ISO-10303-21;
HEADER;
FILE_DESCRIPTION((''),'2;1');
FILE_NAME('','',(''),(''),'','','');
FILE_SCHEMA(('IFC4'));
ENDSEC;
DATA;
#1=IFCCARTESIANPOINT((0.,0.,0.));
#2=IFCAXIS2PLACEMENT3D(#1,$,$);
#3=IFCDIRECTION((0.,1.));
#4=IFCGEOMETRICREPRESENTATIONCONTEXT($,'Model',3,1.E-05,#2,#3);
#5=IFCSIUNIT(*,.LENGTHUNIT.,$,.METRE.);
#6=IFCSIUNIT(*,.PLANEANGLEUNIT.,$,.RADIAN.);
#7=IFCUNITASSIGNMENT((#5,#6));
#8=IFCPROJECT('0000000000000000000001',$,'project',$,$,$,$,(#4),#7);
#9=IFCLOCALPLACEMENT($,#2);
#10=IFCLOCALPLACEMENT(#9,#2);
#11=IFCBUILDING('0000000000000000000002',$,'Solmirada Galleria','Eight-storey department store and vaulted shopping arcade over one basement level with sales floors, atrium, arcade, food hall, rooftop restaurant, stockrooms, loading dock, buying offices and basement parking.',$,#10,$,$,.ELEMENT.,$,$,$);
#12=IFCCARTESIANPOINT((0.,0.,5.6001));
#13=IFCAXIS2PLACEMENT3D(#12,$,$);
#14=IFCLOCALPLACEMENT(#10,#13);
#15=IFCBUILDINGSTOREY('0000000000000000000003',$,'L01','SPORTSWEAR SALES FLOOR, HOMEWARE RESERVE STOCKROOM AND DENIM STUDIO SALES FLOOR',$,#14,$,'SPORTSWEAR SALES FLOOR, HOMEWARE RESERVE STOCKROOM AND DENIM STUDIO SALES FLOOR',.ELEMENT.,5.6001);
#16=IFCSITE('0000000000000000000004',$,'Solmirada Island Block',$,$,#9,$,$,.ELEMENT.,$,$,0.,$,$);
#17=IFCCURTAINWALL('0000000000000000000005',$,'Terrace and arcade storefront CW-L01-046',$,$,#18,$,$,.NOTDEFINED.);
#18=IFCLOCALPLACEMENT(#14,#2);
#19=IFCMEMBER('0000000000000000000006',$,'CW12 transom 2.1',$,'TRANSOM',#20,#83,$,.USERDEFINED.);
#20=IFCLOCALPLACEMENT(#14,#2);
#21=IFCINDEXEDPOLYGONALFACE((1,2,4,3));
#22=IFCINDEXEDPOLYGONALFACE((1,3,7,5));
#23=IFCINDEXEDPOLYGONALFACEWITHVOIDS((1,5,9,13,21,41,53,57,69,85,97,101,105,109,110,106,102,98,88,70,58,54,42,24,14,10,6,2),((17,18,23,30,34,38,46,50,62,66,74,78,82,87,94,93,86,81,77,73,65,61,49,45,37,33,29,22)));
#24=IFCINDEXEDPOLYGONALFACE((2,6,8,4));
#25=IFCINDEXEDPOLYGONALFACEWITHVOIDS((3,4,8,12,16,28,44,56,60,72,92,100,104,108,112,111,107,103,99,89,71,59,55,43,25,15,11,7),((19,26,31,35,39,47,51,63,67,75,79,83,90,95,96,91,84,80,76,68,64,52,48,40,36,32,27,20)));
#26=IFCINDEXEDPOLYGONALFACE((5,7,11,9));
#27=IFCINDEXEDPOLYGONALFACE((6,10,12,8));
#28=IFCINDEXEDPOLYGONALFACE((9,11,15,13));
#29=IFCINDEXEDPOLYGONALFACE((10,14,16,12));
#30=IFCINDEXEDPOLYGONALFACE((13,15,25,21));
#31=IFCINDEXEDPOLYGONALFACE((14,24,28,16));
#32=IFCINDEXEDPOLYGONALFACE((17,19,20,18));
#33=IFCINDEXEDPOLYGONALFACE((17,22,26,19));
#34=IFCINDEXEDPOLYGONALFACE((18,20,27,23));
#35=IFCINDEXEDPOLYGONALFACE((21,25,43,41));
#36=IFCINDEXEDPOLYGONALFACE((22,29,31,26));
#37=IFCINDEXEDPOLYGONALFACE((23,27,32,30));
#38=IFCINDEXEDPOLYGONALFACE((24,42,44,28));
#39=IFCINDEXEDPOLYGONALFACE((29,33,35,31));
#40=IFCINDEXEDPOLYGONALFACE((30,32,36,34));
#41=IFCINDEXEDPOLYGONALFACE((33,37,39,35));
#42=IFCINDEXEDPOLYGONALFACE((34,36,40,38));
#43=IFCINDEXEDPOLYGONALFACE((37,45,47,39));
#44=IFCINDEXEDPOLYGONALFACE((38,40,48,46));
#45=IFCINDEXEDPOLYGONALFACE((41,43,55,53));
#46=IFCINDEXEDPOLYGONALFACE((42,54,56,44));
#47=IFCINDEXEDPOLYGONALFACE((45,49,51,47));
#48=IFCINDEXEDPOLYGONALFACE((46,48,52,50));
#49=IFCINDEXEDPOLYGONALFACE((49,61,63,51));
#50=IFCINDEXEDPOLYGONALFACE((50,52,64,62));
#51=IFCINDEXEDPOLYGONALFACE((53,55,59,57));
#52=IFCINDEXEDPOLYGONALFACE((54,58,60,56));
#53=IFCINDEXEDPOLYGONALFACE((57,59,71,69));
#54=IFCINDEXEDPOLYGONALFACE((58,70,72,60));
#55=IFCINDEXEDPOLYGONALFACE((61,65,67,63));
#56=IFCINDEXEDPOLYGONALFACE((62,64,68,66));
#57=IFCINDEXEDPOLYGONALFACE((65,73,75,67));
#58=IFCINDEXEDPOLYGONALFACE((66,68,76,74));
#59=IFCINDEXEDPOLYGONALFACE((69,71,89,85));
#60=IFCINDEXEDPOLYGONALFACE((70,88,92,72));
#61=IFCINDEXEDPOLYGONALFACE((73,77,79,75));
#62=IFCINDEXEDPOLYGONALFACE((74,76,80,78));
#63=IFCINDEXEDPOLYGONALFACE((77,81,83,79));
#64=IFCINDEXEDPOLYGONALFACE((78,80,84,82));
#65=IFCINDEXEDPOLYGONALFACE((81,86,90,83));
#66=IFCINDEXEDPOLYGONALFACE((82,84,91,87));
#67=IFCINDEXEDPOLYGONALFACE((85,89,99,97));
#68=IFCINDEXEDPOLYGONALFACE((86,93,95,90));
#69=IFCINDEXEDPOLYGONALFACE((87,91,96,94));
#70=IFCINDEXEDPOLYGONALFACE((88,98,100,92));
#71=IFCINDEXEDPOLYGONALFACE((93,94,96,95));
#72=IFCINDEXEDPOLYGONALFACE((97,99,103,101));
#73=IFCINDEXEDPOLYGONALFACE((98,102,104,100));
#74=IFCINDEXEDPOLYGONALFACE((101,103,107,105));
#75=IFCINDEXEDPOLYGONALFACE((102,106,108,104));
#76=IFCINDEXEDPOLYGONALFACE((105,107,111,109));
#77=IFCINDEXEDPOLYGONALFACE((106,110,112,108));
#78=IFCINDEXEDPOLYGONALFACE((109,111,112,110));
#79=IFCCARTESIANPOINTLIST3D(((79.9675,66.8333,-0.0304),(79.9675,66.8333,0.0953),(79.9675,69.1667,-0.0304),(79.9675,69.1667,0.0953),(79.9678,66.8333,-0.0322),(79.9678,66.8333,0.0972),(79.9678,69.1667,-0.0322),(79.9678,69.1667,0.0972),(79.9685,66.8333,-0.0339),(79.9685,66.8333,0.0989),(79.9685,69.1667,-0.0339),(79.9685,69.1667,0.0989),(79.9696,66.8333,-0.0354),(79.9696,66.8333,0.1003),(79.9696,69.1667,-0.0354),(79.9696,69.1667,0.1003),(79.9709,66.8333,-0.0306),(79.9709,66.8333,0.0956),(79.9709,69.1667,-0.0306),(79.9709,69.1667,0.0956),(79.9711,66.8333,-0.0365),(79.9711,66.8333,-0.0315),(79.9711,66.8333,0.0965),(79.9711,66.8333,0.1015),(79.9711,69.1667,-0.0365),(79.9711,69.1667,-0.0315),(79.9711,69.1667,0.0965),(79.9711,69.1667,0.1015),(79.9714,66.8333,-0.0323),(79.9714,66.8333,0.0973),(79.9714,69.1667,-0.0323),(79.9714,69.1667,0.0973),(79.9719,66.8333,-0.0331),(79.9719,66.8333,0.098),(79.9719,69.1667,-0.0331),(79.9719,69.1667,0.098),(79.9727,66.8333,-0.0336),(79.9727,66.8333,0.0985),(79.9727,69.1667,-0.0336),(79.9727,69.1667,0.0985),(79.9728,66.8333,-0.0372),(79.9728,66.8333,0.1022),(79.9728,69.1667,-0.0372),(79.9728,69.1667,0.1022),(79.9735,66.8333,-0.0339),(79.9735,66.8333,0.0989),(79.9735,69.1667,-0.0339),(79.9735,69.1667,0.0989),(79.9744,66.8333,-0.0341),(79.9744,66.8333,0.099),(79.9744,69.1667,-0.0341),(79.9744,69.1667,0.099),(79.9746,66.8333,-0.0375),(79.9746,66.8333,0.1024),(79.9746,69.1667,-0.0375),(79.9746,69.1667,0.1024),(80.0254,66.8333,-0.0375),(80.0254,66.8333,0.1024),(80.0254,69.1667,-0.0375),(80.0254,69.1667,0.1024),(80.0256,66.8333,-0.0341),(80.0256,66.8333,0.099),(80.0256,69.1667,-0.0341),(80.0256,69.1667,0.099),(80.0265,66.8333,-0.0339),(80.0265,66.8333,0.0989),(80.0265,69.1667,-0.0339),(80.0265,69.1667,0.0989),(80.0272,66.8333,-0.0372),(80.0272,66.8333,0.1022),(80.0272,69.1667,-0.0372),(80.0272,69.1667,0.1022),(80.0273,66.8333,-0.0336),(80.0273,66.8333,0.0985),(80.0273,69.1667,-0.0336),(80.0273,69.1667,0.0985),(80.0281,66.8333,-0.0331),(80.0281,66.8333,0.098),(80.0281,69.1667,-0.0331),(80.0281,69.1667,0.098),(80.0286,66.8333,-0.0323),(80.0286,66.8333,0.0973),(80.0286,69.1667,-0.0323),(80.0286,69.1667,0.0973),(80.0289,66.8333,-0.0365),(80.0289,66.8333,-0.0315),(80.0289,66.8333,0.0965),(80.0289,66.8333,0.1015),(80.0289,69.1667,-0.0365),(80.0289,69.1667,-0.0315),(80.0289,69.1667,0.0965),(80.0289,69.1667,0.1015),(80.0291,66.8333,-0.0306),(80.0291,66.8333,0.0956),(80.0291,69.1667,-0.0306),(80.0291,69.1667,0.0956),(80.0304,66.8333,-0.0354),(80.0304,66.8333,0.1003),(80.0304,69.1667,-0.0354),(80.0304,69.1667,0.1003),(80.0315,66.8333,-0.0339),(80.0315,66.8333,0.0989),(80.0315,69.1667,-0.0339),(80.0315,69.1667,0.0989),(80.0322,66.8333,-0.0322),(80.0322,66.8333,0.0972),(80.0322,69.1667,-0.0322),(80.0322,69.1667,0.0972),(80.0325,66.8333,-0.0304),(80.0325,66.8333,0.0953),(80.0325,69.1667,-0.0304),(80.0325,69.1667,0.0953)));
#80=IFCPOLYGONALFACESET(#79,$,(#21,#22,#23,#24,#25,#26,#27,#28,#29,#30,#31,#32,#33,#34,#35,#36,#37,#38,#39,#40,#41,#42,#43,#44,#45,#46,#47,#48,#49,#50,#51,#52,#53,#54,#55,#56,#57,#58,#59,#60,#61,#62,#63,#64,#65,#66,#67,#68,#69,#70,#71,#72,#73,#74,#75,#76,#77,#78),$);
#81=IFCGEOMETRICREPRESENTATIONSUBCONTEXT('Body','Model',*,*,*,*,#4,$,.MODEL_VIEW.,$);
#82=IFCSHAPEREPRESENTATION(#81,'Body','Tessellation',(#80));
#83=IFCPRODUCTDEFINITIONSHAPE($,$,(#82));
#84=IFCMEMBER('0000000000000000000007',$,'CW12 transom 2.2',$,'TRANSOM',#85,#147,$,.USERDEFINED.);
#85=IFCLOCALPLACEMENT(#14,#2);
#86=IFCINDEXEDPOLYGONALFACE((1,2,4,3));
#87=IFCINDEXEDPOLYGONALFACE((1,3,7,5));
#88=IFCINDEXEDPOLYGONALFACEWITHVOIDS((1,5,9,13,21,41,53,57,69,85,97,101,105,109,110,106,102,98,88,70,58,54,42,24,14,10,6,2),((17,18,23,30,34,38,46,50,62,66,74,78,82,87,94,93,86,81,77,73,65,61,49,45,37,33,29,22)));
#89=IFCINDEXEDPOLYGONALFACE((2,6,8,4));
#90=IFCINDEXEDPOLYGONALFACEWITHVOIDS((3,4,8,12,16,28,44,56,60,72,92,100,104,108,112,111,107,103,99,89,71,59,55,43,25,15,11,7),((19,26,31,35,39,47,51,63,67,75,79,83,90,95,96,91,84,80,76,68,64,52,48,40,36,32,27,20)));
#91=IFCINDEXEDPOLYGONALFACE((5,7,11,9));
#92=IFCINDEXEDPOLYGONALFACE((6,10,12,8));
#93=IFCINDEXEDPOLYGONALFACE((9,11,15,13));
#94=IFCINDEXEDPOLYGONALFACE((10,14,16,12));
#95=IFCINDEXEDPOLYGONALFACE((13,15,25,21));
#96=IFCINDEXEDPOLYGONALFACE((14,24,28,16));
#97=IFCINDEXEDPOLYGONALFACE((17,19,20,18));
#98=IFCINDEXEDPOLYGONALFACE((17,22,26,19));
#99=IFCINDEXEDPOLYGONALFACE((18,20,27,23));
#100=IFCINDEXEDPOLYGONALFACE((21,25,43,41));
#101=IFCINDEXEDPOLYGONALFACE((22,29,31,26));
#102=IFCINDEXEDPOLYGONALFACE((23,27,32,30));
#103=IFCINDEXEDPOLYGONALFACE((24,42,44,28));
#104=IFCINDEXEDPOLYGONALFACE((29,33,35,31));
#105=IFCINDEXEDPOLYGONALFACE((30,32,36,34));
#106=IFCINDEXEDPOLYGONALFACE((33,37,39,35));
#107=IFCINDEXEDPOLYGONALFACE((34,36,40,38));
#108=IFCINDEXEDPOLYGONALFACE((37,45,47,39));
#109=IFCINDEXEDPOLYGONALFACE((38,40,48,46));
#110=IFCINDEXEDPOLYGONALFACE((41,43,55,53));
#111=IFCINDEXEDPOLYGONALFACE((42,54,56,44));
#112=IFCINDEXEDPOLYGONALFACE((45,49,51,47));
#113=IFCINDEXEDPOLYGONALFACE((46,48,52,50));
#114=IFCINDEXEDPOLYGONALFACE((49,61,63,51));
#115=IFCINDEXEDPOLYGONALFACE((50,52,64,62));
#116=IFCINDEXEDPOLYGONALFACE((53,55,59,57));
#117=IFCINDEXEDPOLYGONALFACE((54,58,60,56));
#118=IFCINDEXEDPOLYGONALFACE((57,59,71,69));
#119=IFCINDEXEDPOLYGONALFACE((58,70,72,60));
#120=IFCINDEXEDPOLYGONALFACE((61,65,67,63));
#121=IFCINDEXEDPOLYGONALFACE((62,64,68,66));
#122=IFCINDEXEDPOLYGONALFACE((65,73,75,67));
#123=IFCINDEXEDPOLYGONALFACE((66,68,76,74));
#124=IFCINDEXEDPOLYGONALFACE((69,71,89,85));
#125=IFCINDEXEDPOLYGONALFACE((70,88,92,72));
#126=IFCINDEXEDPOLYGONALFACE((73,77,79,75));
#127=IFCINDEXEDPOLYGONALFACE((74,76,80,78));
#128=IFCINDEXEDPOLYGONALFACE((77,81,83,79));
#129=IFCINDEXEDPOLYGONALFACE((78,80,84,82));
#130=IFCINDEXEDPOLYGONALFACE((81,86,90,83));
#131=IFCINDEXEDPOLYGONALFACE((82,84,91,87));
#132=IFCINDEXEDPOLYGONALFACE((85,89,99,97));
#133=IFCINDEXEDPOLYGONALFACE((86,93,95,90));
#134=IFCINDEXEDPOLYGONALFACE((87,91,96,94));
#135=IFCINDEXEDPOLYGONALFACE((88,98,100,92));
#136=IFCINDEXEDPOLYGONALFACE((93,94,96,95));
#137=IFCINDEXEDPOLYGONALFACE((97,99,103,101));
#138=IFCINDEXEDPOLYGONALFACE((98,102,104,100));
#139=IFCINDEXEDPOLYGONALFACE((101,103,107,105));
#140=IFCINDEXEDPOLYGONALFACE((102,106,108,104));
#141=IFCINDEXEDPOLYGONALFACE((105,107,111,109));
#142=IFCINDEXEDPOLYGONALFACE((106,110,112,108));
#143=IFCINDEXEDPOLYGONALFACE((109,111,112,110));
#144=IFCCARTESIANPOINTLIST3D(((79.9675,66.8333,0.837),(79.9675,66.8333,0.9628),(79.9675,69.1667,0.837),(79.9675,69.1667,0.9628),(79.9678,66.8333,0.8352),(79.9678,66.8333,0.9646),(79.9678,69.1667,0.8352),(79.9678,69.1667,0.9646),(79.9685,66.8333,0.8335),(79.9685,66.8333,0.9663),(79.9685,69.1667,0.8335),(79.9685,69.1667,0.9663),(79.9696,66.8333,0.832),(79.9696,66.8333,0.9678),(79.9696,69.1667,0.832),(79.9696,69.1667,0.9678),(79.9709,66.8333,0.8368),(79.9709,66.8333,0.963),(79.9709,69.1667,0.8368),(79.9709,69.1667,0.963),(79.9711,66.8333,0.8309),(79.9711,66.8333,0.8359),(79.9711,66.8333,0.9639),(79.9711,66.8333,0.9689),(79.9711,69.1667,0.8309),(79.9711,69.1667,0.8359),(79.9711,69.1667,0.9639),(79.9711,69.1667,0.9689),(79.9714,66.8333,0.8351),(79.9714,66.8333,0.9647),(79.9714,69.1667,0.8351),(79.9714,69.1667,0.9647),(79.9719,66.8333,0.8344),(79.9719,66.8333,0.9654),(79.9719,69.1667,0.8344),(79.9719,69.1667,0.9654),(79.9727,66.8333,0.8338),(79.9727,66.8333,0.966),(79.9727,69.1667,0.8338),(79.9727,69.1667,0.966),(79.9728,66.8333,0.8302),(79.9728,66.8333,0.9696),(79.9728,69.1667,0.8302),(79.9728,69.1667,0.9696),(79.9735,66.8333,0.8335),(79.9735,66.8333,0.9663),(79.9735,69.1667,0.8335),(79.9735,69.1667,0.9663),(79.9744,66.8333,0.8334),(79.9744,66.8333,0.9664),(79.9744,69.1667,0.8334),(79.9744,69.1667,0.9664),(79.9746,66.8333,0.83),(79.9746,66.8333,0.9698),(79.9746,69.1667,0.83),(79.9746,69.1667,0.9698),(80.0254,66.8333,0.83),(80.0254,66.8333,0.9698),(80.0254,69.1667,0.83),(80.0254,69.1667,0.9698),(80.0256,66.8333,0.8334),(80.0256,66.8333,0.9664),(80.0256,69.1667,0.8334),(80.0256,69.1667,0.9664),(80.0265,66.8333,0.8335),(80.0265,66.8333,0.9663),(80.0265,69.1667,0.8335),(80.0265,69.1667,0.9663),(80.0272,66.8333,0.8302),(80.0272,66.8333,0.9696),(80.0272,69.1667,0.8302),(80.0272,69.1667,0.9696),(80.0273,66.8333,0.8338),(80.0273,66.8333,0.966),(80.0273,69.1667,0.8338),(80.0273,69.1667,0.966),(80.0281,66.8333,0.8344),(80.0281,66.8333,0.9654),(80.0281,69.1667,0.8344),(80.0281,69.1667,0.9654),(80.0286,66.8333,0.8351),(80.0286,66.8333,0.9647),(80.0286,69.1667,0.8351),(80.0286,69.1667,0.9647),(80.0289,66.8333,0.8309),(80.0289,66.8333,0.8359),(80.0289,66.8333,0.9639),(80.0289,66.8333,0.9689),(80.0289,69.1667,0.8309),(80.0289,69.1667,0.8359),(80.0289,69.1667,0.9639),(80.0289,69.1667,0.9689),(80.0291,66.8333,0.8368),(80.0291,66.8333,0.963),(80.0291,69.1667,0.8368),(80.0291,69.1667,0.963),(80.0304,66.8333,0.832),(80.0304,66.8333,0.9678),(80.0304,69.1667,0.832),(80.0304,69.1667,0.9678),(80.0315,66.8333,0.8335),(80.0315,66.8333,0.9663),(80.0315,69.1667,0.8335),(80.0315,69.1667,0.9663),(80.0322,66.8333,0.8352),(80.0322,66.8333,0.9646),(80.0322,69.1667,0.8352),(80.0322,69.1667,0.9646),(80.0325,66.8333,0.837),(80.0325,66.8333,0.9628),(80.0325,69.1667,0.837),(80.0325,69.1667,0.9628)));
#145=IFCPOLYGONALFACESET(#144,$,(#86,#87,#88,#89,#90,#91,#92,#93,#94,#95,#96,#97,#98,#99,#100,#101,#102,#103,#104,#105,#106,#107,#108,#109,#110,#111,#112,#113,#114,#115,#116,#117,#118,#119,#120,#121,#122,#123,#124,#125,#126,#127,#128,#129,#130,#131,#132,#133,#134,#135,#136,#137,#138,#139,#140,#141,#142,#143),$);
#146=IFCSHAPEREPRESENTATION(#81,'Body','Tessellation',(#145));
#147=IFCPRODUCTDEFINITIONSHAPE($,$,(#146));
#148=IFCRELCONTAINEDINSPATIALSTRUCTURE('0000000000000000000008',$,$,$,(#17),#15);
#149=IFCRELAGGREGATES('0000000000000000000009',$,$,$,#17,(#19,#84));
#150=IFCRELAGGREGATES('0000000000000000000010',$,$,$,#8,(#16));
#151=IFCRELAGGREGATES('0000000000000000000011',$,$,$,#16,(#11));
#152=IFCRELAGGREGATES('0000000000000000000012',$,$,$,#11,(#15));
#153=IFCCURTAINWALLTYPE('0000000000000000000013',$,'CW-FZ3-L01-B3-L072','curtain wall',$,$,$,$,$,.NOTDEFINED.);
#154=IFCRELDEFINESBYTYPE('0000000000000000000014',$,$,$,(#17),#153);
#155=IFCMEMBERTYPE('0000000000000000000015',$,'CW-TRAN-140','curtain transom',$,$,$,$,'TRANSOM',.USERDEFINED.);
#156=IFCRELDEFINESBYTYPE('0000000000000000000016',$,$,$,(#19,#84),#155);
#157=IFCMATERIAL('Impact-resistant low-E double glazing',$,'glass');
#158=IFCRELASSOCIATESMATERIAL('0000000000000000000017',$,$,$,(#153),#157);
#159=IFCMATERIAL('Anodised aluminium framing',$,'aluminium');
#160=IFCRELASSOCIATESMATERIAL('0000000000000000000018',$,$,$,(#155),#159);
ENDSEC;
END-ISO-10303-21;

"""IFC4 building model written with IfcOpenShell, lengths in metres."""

from ifc_helpers import new_model, si_unit, direction, frame, origin, origin_2d, place, context, subcontext, project, spatial, hollow_rectangle, extrude, material, material_profile, profile_set, type_object, element, aggregate, save


model = new_model("IFC4")

# Units and contexts
model_context = context("Model", 3, precision=1e-05, world=origin(), true_north=direction((0.0, 1.0)))
body_context = subcontext(model_context, "Body", "Model", "MODEL_VIEW")
ifc_project = project(units=[si_unit("LENGTHUNIT", "METRE"), si_unit("PLANEANGLEUNIT", "RADIAN")], contexts=[model_context])

# Site, building, storey
site_placement = place(None, origin())
site = spatial("IfcSite", under=ifc_project, at=site_placement, Name="Solmirada Island Block", CompositionType="ELEMENT", RefElevation=0.0)
building_placement = place(site_placement, origin())
building = spatial("IfcBuilding", under=site, at=building_placement, Name="Solmirada Galleria", Description="Eight-storey department store and vaulted shopping arcade over one basement level with sales floors, atrium, arcade, food hall, rooftop restaurant, stockrooms, loading dock, buying offices and basement parking.", CompositionType="ELEMENT")
storey_placement = place(building_placement, frame((0.0, 0.0, 5.6001)))
storey = spatial("IfcBuildingStorey", under=building, at=storey_placement, Name="L01", Description="SPORTSWEAR SALES FLOOR, HOMEWARE RESERVE STOCKROOM AND DENIM STUDIO SALES FLOOR", LongName="SPORTSWEAR SALES FLOOR, HOMEWARE RESERVE STOCKROOM AND DENIM STUDIO SALES FLOOR", CompositionType="ELEMENT", Elevation=5.6001)

# Curtain wall
ifc_material_1 = material(Name="Impact-resistant low-E double glazing", Category="glass")
curtain_wall_type_1 = type_object("IfcCurtainWallType", Name="CW-FZ3-L01-B3-L072", Description="curtain wall", PredefinedType="NOTDEFINED", material=ifc_material_1)
curtain_wall_1_placement = place(storey_placement, origin())
curtain_wall_1 = element("IfcCurtainWall", 1, at=curtain_wall_1_placement, inside=storey, type_object=curtain_wall_type_1, Name="Terrace and arcade storefront CW-L01-046", PredefinedType="NOTDEFINED")
ifc_material_2 = material(Name="Anodised aluminium framing", Category="aluminium")

# Members
ifc_material_profile_1 = material_profile(ifc_material_2, hollow_rectangle(XDim=0.0649, YDim=0.1399, WallThickness=0.0034, InnerFilletRadius=0.0034, OuterFilletRadius=0.0071, at=origin_2d()), Name="ALU-TRAN-140X65")
ifc_profile_set_1 = profile_set([ifc_material_profile_1], Name="Anodised aluminium framing")
member_type_1 = type_object("IfcMemberType", Name="CW-TRAN-140", Description="curtain transom", ElementType="TRANSOM", PredefinedType="USERDEFINED", material=ifc_profile_set_1)
member_1_placement = place(storey_placement, frame((80.0, 66.8333, 0.0325), z_axis=(0.0, 1.0, 0.0), x_axis=(-1.0, 0.0, 0.0)))
member_1 = element("IfcMember", 2, at=member_1_placement, type_object=member_type_1, Name="CW12 transom 2.1", ObjectType="TRANSOM", PredefinedType="USERDEFINED", context=body_context, shape_type="SweptSolid", body=[
    extrude(hollow_rectangle(XDim=0.0649, YDim=0.1399, WallThickness=0.0034, InnerFilletRadius=0.0034, OuterFilletRadius=0.0071, at=origin_2d()), origin(), (0.0, 0.0, 1.0), 2.3335),
])
member_2_placement = place(storey_placement, frame((80.0, 66.8333, 0.8999), z_axis=(0.0, 1.0, 0.0), x_axis=(-1.0, 0.0, 0.0)))
member_2 = element("IfcMember", 3, at=member_2_placement, type_object=member_type_1, Name="CW12 transom 2.2", ObjectType="TRANSOM", PredefinedType="USERDEFINED", context=body_context, shape_type="SweptSolid", body=[
    extrude(hollow_rectangle(XDim=0.0649, YDim=0.1399, WallThickness=0.0034, InnerFilletRadius=0.0034, OuterFilletRadius=0.0071, at=origin_2d()), origin(), (0.0, 0.0, 1.0), 2.3335),
])

aggregate(curtain_wall_1, [member_1, member_2])

save(model, "model.ifc")
